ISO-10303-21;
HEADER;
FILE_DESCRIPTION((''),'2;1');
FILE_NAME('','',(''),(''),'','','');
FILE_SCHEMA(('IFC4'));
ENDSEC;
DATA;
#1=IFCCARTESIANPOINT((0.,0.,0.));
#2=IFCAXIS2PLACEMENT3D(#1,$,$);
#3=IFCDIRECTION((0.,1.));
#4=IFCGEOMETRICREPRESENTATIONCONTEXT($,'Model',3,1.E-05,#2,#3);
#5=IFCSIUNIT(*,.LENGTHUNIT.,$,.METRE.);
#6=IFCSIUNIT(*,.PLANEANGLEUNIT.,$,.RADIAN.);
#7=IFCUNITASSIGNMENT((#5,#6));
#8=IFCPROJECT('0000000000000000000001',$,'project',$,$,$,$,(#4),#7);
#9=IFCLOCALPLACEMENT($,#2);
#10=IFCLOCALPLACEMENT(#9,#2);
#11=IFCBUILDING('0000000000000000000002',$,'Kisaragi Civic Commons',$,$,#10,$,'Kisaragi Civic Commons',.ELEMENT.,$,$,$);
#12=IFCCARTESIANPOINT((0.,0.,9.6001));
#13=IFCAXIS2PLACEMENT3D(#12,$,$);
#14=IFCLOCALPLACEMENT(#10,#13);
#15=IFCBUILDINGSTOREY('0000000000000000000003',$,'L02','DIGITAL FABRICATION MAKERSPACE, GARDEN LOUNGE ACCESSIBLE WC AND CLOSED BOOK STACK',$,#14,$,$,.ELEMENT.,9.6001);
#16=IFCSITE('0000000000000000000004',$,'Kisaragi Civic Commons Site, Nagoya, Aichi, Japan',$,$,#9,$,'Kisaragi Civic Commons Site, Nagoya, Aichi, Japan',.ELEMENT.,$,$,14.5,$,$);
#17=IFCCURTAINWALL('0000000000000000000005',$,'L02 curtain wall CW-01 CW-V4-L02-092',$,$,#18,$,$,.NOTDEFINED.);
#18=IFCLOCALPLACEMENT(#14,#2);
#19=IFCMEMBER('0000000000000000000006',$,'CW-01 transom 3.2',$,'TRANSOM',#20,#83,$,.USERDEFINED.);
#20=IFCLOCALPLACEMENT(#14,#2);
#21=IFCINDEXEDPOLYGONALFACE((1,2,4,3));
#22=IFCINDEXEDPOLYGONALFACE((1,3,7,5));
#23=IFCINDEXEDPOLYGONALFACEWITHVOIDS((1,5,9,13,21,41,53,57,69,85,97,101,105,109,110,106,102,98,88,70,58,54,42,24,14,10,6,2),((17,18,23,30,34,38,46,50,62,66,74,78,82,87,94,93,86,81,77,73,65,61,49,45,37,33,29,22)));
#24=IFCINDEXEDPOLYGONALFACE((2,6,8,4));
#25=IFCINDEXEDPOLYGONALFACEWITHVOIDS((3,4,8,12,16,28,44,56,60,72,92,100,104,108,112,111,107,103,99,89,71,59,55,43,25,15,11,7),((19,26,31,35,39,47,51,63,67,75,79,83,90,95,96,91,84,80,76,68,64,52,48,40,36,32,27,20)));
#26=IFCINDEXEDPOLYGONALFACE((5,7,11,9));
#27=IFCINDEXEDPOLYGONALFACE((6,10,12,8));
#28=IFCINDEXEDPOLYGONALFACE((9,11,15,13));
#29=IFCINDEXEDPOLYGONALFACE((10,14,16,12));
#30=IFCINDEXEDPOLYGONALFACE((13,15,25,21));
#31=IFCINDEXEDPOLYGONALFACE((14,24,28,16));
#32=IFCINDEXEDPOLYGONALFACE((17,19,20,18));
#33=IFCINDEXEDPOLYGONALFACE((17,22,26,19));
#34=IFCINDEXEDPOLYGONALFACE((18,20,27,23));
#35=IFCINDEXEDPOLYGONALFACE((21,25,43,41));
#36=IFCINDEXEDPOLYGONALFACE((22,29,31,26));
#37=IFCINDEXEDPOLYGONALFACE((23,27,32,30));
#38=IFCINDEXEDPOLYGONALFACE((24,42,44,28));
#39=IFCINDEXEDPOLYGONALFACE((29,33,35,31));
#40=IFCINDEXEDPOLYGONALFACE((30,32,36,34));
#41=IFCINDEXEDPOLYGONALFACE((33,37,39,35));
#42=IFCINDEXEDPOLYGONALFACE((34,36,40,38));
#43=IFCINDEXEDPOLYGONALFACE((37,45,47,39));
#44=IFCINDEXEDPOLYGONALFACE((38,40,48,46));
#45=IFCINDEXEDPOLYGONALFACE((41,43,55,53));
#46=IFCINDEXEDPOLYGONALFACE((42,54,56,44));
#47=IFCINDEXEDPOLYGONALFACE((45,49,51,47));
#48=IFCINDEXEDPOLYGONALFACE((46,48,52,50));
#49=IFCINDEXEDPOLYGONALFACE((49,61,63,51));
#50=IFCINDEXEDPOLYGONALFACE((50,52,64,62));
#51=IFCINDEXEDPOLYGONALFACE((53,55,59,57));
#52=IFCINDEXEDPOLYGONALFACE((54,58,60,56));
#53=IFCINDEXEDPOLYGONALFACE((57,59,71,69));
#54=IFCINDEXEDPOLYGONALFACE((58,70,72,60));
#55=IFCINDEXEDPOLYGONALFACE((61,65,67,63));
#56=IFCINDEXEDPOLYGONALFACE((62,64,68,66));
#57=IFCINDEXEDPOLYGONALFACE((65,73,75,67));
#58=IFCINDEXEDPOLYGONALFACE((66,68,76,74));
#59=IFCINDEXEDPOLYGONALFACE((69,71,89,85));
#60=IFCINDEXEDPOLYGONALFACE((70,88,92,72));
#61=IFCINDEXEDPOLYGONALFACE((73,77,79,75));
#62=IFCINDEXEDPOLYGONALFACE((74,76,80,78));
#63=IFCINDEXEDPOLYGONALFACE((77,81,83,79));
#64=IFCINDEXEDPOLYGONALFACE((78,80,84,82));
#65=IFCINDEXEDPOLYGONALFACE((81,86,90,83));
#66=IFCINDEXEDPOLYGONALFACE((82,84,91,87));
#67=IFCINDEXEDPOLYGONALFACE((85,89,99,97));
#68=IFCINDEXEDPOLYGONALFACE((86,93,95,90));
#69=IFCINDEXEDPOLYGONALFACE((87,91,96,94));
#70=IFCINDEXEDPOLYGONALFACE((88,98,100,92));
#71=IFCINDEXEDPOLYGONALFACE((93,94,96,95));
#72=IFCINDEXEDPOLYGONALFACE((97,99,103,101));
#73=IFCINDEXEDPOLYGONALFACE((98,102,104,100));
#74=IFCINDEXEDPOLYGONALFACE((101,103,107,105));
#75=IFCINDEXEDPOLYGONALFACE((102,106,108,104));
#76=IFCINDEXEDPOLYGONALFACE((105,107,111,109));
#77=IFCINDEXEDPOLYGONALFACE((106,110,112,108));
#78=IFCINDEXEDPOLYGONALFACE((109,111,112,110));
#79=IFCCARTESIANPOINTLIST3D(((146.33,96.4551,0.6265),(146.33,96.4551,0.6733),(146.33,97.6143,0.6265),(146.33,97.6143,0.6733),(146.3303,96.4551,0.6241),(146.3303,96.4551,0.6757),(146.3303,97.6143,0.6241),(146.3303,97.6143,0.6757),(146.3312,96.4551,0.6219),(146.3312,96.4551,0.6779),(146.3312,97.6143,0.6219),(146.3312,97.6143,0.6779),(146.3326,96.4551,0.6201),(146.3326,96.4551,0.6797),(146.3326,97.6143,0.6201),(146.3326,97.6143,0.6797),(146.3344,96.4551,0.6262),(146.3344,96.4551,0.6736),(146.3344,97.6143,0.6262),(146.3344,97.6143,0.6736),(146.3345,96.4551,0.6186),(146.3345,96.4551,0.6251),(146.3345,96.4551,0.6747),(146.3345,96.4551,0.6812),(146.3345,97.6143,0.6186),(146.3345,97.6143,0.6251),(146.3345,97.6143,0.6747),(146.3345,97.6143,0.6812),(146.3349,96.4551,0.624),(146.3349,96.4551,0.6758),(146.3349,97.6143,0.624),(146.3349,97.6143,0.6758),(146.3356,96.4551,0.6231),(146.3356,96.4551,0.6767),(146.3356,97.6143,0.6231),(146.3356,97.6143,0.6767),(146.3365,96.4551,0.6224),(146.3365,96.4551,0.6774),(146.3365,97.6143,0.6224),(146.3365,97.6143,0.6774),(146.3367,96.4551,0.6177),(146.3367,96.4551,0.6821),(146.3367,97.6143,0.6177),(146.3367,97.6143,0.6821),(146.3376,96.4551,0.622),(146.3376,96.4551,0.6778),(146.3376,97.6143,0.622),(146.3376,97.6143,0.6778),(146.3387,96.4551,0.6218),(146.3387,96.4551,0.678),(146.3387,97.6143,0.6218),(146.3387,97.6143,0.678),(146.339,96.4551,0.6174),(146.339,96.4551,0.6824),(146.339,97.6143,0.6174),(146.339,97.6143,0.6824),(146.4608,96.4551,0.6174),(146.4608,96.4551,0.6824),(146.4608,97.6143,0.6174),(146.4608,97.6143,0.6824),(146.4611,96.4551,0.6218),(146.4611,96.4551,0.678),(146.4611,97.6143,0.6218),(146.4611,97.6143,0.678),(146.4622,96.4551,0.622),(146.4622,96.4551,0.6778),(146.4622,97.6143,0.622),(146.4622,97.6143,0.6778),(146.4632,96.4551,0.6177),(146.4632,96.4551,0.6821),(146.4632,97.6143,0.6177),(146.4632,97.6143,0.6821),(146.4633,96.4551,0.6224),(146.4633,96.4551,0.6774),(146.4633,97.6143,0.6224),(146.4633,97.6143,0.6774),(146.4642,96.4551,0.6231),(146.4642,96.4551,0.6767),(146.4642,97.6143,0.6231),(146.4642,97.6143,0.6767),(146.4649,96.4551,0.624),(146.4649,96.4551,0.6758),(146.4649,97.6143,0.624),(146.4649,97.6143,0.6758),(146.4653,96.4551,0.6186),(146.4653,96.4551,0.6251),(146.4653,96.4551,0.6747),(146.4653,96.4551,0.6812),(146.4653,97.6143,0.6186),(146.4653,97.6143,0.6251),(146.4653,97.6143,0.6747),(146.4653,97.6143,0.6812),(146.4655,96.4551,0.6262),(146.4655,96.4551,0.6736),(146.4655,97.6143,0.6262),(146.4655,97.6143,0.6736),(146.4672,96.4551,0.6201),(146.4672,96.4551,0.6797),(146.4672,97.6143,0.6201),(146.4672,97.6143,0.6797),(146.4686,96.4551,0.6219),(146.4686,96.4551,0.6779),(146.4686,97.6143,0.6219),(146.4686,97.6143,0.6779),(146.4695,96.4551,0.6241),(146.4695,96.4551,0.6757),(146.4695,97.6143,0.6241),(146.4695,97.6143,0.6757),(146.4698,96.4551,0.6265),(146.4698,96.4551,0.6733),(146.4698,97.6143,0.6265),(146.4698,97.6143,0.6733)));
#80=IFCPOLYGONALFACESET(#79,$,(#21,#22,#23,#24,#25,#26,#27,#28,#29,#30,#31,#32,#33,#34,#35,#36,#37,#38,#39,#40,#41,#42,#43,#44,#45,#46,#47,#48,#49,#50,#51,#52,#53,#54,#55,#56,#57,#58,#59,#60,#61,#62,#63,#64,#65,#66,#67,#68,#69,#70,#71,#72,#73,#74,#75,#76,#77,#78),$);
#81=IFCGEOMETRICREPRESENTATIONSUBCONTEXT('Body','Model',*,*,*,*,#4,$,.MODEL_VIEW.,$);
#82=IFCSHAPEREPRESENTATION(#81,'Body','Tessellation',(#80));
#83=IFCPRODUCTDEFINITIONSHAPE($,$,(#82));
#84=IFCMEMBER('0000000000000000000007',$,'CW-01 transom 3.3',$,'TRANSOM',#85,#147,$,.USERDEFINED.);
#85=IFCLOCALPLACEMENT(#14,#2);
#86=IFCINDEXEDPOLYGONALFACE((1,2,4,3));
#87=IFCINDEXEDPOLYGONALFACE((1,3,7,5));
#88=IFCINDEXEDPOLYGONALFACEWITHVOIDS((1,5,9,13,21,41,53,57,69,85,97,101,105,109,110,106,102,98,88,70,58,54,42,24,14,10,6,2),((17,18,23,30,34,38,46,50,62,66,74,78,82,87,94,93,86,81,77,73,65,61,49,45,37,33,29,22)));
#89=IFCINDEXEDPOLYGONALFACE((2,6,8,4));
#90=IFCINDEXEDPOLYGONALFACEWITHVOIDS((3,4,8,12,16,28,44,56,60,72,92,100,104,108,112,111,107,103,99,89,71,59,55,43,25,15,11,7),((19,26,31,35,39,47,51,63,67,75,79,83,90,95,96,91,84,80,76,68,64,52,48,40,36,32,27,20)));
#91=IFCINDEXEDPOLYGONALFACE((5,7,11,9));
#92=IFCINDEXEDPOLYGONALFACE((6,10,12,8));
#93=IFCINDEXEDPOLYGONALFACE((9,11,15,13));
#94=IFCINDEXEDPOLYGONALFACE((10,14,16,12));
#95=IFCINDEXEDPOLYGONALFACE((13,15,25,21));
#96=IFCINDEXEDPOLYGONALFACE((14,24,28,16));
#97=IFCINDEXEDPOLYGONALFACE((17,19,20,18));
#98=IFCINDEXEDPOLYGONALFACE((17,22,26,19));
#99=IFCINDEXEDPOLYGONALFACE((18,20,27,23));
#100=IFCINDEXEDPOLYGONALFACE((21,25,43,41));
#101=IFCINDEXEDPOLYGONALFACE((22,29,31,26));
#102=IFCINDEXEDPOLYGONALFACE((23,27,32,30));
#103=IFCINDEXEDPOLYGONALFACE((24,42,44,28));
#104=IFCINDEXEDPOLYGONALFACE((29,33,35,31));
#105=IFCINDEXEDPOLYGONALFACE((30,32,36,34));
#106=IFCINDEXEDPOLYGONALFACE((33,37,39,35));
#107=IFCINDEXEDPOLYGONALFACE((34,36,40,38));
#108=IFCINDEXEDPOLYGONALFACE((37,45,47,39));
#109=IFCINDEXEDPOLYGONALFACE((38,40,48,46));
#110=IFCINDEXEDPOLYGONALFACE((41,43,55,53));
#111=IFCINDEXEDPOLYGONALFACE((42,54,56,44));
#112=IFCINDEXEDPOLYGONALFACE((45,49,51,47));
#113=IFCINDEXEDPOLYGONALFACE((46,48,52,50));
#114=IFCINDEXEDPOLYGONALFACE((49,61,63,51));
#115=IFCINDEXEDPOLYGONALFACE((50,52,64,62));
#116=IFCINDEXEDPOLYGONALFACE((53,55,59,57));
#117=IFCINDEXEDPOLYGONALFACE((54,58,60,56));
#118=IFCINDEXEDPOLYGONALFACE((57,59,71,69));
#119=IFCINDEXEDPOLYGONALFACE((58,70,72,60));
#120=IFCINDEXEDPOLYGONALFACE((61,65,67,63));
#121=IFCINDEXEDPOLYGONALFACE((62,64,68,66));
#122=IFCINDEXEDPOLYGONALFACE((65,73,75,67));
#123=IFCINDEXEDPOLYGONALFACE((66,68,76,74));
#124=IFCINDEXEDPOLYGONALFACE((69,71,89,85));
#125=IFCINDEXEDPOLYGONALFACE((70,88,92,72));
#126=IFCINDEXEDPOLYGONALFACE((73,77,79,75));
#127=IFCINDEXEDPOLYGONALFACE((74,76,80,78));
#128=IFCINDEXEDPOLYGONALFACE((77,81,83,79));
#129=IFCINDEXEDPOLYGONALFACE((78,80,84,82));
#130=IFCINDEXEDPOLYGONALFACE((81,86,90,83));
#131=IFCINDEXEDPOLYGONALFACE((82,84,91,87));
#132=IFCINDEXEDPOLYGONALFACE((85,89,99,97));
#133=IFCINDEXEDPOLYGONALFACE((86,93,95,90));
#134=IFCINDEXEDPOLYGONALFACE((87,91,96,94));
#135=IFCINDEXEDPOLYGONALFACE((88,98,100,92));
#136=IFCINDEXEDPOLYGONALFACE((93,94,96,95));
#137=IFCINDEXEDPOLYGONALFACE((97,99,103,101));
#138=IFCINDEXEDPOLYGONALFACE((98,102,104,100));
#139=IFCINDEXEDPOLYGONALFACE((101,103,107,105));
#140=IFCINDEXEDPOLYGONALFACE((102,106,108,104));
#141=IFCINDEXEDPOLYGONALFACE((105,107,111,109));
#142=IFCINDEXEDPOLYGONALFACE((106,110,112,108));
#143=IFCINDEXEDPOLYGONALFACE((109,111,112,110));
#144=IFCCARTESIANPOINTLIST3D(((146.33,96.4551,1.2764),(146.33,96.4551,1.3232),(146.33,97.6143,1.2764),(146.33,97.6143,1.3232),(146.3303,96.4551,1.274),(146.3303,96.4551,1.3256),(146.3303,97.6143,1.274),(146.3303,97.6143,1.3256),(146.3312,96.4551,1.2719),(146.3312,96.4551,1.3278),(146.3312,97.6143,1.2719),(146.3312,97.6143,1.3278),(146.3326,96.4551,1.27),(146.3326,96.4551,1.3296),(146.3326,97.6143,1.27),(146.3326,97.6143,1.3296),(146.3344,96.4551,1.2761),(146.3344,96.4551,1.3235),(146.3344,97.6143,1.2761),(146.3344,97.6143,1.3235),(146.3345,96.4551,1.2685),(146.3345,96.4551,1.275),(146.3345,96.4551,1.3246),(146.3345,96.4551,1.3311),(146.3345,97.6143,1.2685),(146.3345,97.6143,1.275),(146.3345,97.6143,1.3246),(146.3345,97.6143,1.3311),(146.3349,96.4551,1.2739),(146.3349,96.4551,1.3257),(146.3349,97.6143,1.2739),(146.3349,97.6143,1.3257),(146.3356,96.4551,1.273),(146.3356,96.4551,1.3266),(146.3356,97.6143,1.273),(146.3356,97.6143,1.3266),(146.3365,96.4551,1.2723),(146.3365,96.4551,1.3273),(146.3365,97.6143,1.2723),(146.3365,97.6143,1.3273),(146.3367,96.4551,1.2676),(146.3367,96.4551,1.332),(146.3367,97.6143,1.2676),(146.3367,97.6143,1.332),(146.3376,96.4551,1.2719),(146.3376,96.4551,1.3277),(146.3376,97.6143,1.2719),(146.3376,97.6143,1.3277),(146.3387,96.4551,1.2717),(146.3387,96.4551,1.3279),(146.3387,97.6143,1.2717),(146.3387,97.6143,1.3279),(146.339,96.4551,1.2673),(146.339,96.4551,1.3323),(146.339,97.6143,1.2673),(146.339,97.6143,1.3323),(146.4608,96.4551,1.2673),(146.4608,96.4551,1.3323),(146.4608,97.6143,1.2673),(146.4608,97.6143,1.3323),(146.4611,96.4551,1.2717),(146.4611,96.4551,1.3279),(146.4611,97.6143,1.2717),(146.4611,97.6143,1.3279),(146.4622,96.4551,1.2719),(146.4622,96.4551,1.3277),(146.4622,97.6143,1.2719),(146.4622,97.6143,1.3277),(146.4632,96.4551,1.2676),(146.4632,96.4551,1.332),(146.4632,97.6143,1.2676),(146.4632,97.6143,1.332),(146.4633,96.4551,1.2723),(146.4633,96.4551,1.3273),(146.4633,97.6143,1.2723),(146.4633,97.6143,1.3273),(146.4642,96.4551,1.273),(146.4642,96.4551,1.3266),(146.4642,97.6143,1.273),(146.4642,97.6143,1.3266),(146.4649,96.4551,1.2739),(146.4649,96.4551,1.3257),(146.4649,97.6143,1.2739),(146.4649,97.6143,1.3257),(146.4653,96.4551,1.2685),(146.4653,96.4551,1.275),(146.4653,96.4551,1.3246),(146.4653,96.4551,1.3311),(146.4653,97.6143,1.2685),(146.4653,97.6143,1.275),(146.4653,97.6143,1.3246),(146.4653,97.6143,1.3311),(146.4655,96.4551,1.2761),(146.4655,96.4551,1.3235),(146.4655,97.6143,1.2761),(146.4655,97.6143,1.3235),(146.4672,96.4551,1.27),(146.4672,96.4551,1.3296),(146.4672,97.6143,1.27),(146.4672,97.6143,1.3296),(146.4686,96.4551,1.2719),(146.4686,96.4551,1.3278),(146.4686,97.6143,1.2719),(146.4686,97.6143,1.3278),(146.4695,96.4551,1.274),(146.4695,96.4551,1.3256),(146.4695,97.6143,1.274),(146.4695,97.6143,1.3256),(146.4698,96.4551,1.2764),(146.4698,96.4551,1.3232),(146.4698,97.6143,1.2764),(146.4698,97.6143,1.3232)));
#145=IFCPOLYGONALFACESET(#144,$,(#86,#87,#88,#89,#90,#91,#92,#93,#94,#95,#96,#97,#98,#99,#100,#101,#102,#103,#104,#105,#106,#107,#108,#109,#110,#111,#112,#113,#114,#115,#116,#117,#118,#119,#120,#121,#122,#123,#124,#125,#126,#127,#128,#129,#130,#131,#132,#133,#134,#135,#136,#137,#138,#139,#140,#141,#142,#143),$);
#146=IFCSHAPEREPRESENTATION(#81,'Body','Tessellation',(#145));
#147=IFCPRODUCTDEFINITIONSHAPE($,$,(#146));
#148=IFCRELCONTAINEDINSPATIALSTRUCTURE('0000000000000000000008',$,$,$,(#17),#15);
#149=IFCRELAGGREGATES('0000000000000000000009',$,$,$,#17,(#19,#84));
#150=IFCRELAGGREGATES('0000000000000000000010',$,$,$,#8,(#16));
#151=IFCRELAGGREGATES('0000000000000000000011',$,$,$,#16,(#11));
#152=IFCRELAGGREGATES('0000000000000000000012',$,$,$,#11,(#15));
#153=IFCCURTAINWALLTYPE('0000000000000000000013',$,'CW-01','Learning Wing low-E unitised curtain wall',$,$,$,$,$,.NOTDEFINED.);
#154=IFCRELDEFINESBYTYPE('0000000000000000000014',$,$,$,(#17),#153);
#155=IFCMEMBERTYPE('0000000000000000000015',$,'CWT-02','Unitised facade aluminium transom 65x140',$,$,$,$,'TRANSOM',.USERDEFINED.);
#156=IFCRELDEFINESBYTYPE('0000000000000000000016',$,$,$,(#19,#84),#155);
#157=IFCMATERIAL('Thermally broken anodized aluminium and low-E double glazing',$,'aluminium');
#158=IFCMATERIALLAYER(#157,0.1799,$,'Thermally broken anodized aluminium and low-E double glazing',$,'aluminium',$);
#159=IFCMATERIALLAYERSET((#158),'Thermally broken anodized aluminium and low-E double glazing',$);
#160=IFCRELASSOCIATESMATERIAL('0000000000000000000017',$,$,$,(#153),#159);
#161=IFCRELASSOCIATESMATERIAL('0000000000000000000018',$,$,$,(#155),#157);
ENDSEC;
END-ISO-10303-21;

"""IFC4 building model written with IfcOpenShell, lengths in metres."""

from ifc_helpers import new_model, si_unit, direction, frame, origin, origin_2d, place, context, subcontext, project, spatial, hollow_rectangle, extrude, material, layer, layer_set, material_profile, profile_set, type_object, element, aggregate, save


model = new_model("IFC4")

# Units and contexts
model_context = context("Model", 3, precision=1e-05, world=origin(), true_north=direction((0.0, 1.0)))
body_context = subcontext(model_context, "Body", "Model", "MODEL_VIEW")
ifc_project = project(units=[si_unit("LENGTHUNIT", "METRE"), si_unit("PLANEANGLEUNIT", "RADIAN")], contexts=[model_context])

# Site, building, storey
site_placement = place(None, origin())
site = spatial("IfcSite", under=ifc_project, at=site_placement, Name="Kisaragi Civic Commons Site, Nagoya, Aichi, Japan", LongName="Kisaragi Civic Commons Site, Nagoya, Aichi, Japan", CompositionType="ELEMENT", RefElevation=14.5)
building_placement = place(site_placement, origin())
building = spatial("IfcBuilding", under=site, at=building_placement, Name="Kisaragi Civic Commons", LongName="Kisaragi Civic Commons", CompositionType="ELEMENT")
storey_placement = place(building_placement, frame((0.0, 0.0, 9.6001)))
storey = spatial("IfcBuildingStorey", under=building, at=storey_placement, Name="L02", Description="DIGITAL FABRICATION MAKERSPACE, GARDEN LOUNGE ACCESSIBLE WC AND CLOSED BOOK STACK", CompositionType="ELEMENT", Elevation=9.6001)

# Curtain wall, members
ifc_material_1 = material(Name="Thermally broken anodized aluminium and low-E double glazing", Category="aluminium")
ifc_layer_1 = layer(ifc_material_1, 0.1799, Name="Thermally broken anodized aluminium and low-E double glazing", Category="aluminium")
ifc_layer_set_1 = layer_set([ifc_layer_1], Name="Thermally broken anodized aluminium and low-E double glazing")
curtain_wall_type = type_object("IfcCurtainWallType", Name="CW-01", Description="Learning Wing low-E unitised curtain wall", PredefinedType="NOTDEFINED", material=ifc_layer_set_1)
curtain_wall_placement = place(storey_placement, origin())
curtain_wall = element("IfcCurtainWall", 1, at=curtain_wall_placement, inside=storey, type_object=curtain_wall_type, Name="L02 curtain wall CW-01 CW-V4-L02-092", PredefinedType="NOTDEFINED")
ifc_material_profile_1 = material_profile(ifc_material_1, hollow_rectangle(XDim=0.1399, YDim=0.0649, WallThickness=0.0044, InnerFilletRadius=0.0044, OuterFilletRadius=0.009, at=origin_2d()), Name="CWT-65x140x4.5", Category="aluminium")
ifc_profile_set_1 = profile_set([ifc_material_profile_1], Name="Thermally broken anodized aluminium and low-E double glazing")
member_type_1 = type_object("IfcMemberType", Name="CWT-02", Description="Unitised facade aluminium transom 65x140", ElementType="TRANSOM", PredefinedType="USERDEFINED", material=ifc_profile_set_1)
member_1_placement = place(storey_placement, frame((146.3999, 97.6143, 0.6499), z_axis=(0.0, -1.0, 0.0), x_axis=(1.0, 0.0, 0.0)))
member_1 = element("IfcMember", 2, at=member_1_placement, type_object=member_type_1, Name="CW-01 transom 3.2", ObjectType="TRANSOM", PredefinedType="USERDEFINED", context=body_context, shape_type="SweptSolid", body=[
    extrude(hollow_rectangle(XDim=0.1399, YDim=0.0649, WallThickness=0.0044, InnerFilletRadius=0.0044, OuterFilletRadius=0.009, at=origin_2d()), origin(), (0.0, 0.0, 1.0), 1.1592),
])
member_2_placement = place(storey_placement, frame((146.3999, 97.6143, 1.2998), z_axis=(0.0, -1.0, 0.0), x_axis=(1.0, 0.0, 0.0)))
member_2 = element("IfcMember", 3, at=member_2_placement, type_object=member_type_1, Name="CW-01 transom 3.3", ObjectType="TRANSOM", PredefinedType="USERDEFINED", context=body_context, shape_type="SweptSolid", body=[
    extrude(hollow_rectangle(XDim=0.1399, YDim=0.0649, WallThickness=0.0044, InnerFilletRadius=0.0044, OuterFilletRadius=0.009, at=origin_2d()), origin(), (0.0, 0.0, 1.0), 1.1592),
])

aggregate(curtain_wall, [member_1, member_2])

save(model, "model.ifc")
